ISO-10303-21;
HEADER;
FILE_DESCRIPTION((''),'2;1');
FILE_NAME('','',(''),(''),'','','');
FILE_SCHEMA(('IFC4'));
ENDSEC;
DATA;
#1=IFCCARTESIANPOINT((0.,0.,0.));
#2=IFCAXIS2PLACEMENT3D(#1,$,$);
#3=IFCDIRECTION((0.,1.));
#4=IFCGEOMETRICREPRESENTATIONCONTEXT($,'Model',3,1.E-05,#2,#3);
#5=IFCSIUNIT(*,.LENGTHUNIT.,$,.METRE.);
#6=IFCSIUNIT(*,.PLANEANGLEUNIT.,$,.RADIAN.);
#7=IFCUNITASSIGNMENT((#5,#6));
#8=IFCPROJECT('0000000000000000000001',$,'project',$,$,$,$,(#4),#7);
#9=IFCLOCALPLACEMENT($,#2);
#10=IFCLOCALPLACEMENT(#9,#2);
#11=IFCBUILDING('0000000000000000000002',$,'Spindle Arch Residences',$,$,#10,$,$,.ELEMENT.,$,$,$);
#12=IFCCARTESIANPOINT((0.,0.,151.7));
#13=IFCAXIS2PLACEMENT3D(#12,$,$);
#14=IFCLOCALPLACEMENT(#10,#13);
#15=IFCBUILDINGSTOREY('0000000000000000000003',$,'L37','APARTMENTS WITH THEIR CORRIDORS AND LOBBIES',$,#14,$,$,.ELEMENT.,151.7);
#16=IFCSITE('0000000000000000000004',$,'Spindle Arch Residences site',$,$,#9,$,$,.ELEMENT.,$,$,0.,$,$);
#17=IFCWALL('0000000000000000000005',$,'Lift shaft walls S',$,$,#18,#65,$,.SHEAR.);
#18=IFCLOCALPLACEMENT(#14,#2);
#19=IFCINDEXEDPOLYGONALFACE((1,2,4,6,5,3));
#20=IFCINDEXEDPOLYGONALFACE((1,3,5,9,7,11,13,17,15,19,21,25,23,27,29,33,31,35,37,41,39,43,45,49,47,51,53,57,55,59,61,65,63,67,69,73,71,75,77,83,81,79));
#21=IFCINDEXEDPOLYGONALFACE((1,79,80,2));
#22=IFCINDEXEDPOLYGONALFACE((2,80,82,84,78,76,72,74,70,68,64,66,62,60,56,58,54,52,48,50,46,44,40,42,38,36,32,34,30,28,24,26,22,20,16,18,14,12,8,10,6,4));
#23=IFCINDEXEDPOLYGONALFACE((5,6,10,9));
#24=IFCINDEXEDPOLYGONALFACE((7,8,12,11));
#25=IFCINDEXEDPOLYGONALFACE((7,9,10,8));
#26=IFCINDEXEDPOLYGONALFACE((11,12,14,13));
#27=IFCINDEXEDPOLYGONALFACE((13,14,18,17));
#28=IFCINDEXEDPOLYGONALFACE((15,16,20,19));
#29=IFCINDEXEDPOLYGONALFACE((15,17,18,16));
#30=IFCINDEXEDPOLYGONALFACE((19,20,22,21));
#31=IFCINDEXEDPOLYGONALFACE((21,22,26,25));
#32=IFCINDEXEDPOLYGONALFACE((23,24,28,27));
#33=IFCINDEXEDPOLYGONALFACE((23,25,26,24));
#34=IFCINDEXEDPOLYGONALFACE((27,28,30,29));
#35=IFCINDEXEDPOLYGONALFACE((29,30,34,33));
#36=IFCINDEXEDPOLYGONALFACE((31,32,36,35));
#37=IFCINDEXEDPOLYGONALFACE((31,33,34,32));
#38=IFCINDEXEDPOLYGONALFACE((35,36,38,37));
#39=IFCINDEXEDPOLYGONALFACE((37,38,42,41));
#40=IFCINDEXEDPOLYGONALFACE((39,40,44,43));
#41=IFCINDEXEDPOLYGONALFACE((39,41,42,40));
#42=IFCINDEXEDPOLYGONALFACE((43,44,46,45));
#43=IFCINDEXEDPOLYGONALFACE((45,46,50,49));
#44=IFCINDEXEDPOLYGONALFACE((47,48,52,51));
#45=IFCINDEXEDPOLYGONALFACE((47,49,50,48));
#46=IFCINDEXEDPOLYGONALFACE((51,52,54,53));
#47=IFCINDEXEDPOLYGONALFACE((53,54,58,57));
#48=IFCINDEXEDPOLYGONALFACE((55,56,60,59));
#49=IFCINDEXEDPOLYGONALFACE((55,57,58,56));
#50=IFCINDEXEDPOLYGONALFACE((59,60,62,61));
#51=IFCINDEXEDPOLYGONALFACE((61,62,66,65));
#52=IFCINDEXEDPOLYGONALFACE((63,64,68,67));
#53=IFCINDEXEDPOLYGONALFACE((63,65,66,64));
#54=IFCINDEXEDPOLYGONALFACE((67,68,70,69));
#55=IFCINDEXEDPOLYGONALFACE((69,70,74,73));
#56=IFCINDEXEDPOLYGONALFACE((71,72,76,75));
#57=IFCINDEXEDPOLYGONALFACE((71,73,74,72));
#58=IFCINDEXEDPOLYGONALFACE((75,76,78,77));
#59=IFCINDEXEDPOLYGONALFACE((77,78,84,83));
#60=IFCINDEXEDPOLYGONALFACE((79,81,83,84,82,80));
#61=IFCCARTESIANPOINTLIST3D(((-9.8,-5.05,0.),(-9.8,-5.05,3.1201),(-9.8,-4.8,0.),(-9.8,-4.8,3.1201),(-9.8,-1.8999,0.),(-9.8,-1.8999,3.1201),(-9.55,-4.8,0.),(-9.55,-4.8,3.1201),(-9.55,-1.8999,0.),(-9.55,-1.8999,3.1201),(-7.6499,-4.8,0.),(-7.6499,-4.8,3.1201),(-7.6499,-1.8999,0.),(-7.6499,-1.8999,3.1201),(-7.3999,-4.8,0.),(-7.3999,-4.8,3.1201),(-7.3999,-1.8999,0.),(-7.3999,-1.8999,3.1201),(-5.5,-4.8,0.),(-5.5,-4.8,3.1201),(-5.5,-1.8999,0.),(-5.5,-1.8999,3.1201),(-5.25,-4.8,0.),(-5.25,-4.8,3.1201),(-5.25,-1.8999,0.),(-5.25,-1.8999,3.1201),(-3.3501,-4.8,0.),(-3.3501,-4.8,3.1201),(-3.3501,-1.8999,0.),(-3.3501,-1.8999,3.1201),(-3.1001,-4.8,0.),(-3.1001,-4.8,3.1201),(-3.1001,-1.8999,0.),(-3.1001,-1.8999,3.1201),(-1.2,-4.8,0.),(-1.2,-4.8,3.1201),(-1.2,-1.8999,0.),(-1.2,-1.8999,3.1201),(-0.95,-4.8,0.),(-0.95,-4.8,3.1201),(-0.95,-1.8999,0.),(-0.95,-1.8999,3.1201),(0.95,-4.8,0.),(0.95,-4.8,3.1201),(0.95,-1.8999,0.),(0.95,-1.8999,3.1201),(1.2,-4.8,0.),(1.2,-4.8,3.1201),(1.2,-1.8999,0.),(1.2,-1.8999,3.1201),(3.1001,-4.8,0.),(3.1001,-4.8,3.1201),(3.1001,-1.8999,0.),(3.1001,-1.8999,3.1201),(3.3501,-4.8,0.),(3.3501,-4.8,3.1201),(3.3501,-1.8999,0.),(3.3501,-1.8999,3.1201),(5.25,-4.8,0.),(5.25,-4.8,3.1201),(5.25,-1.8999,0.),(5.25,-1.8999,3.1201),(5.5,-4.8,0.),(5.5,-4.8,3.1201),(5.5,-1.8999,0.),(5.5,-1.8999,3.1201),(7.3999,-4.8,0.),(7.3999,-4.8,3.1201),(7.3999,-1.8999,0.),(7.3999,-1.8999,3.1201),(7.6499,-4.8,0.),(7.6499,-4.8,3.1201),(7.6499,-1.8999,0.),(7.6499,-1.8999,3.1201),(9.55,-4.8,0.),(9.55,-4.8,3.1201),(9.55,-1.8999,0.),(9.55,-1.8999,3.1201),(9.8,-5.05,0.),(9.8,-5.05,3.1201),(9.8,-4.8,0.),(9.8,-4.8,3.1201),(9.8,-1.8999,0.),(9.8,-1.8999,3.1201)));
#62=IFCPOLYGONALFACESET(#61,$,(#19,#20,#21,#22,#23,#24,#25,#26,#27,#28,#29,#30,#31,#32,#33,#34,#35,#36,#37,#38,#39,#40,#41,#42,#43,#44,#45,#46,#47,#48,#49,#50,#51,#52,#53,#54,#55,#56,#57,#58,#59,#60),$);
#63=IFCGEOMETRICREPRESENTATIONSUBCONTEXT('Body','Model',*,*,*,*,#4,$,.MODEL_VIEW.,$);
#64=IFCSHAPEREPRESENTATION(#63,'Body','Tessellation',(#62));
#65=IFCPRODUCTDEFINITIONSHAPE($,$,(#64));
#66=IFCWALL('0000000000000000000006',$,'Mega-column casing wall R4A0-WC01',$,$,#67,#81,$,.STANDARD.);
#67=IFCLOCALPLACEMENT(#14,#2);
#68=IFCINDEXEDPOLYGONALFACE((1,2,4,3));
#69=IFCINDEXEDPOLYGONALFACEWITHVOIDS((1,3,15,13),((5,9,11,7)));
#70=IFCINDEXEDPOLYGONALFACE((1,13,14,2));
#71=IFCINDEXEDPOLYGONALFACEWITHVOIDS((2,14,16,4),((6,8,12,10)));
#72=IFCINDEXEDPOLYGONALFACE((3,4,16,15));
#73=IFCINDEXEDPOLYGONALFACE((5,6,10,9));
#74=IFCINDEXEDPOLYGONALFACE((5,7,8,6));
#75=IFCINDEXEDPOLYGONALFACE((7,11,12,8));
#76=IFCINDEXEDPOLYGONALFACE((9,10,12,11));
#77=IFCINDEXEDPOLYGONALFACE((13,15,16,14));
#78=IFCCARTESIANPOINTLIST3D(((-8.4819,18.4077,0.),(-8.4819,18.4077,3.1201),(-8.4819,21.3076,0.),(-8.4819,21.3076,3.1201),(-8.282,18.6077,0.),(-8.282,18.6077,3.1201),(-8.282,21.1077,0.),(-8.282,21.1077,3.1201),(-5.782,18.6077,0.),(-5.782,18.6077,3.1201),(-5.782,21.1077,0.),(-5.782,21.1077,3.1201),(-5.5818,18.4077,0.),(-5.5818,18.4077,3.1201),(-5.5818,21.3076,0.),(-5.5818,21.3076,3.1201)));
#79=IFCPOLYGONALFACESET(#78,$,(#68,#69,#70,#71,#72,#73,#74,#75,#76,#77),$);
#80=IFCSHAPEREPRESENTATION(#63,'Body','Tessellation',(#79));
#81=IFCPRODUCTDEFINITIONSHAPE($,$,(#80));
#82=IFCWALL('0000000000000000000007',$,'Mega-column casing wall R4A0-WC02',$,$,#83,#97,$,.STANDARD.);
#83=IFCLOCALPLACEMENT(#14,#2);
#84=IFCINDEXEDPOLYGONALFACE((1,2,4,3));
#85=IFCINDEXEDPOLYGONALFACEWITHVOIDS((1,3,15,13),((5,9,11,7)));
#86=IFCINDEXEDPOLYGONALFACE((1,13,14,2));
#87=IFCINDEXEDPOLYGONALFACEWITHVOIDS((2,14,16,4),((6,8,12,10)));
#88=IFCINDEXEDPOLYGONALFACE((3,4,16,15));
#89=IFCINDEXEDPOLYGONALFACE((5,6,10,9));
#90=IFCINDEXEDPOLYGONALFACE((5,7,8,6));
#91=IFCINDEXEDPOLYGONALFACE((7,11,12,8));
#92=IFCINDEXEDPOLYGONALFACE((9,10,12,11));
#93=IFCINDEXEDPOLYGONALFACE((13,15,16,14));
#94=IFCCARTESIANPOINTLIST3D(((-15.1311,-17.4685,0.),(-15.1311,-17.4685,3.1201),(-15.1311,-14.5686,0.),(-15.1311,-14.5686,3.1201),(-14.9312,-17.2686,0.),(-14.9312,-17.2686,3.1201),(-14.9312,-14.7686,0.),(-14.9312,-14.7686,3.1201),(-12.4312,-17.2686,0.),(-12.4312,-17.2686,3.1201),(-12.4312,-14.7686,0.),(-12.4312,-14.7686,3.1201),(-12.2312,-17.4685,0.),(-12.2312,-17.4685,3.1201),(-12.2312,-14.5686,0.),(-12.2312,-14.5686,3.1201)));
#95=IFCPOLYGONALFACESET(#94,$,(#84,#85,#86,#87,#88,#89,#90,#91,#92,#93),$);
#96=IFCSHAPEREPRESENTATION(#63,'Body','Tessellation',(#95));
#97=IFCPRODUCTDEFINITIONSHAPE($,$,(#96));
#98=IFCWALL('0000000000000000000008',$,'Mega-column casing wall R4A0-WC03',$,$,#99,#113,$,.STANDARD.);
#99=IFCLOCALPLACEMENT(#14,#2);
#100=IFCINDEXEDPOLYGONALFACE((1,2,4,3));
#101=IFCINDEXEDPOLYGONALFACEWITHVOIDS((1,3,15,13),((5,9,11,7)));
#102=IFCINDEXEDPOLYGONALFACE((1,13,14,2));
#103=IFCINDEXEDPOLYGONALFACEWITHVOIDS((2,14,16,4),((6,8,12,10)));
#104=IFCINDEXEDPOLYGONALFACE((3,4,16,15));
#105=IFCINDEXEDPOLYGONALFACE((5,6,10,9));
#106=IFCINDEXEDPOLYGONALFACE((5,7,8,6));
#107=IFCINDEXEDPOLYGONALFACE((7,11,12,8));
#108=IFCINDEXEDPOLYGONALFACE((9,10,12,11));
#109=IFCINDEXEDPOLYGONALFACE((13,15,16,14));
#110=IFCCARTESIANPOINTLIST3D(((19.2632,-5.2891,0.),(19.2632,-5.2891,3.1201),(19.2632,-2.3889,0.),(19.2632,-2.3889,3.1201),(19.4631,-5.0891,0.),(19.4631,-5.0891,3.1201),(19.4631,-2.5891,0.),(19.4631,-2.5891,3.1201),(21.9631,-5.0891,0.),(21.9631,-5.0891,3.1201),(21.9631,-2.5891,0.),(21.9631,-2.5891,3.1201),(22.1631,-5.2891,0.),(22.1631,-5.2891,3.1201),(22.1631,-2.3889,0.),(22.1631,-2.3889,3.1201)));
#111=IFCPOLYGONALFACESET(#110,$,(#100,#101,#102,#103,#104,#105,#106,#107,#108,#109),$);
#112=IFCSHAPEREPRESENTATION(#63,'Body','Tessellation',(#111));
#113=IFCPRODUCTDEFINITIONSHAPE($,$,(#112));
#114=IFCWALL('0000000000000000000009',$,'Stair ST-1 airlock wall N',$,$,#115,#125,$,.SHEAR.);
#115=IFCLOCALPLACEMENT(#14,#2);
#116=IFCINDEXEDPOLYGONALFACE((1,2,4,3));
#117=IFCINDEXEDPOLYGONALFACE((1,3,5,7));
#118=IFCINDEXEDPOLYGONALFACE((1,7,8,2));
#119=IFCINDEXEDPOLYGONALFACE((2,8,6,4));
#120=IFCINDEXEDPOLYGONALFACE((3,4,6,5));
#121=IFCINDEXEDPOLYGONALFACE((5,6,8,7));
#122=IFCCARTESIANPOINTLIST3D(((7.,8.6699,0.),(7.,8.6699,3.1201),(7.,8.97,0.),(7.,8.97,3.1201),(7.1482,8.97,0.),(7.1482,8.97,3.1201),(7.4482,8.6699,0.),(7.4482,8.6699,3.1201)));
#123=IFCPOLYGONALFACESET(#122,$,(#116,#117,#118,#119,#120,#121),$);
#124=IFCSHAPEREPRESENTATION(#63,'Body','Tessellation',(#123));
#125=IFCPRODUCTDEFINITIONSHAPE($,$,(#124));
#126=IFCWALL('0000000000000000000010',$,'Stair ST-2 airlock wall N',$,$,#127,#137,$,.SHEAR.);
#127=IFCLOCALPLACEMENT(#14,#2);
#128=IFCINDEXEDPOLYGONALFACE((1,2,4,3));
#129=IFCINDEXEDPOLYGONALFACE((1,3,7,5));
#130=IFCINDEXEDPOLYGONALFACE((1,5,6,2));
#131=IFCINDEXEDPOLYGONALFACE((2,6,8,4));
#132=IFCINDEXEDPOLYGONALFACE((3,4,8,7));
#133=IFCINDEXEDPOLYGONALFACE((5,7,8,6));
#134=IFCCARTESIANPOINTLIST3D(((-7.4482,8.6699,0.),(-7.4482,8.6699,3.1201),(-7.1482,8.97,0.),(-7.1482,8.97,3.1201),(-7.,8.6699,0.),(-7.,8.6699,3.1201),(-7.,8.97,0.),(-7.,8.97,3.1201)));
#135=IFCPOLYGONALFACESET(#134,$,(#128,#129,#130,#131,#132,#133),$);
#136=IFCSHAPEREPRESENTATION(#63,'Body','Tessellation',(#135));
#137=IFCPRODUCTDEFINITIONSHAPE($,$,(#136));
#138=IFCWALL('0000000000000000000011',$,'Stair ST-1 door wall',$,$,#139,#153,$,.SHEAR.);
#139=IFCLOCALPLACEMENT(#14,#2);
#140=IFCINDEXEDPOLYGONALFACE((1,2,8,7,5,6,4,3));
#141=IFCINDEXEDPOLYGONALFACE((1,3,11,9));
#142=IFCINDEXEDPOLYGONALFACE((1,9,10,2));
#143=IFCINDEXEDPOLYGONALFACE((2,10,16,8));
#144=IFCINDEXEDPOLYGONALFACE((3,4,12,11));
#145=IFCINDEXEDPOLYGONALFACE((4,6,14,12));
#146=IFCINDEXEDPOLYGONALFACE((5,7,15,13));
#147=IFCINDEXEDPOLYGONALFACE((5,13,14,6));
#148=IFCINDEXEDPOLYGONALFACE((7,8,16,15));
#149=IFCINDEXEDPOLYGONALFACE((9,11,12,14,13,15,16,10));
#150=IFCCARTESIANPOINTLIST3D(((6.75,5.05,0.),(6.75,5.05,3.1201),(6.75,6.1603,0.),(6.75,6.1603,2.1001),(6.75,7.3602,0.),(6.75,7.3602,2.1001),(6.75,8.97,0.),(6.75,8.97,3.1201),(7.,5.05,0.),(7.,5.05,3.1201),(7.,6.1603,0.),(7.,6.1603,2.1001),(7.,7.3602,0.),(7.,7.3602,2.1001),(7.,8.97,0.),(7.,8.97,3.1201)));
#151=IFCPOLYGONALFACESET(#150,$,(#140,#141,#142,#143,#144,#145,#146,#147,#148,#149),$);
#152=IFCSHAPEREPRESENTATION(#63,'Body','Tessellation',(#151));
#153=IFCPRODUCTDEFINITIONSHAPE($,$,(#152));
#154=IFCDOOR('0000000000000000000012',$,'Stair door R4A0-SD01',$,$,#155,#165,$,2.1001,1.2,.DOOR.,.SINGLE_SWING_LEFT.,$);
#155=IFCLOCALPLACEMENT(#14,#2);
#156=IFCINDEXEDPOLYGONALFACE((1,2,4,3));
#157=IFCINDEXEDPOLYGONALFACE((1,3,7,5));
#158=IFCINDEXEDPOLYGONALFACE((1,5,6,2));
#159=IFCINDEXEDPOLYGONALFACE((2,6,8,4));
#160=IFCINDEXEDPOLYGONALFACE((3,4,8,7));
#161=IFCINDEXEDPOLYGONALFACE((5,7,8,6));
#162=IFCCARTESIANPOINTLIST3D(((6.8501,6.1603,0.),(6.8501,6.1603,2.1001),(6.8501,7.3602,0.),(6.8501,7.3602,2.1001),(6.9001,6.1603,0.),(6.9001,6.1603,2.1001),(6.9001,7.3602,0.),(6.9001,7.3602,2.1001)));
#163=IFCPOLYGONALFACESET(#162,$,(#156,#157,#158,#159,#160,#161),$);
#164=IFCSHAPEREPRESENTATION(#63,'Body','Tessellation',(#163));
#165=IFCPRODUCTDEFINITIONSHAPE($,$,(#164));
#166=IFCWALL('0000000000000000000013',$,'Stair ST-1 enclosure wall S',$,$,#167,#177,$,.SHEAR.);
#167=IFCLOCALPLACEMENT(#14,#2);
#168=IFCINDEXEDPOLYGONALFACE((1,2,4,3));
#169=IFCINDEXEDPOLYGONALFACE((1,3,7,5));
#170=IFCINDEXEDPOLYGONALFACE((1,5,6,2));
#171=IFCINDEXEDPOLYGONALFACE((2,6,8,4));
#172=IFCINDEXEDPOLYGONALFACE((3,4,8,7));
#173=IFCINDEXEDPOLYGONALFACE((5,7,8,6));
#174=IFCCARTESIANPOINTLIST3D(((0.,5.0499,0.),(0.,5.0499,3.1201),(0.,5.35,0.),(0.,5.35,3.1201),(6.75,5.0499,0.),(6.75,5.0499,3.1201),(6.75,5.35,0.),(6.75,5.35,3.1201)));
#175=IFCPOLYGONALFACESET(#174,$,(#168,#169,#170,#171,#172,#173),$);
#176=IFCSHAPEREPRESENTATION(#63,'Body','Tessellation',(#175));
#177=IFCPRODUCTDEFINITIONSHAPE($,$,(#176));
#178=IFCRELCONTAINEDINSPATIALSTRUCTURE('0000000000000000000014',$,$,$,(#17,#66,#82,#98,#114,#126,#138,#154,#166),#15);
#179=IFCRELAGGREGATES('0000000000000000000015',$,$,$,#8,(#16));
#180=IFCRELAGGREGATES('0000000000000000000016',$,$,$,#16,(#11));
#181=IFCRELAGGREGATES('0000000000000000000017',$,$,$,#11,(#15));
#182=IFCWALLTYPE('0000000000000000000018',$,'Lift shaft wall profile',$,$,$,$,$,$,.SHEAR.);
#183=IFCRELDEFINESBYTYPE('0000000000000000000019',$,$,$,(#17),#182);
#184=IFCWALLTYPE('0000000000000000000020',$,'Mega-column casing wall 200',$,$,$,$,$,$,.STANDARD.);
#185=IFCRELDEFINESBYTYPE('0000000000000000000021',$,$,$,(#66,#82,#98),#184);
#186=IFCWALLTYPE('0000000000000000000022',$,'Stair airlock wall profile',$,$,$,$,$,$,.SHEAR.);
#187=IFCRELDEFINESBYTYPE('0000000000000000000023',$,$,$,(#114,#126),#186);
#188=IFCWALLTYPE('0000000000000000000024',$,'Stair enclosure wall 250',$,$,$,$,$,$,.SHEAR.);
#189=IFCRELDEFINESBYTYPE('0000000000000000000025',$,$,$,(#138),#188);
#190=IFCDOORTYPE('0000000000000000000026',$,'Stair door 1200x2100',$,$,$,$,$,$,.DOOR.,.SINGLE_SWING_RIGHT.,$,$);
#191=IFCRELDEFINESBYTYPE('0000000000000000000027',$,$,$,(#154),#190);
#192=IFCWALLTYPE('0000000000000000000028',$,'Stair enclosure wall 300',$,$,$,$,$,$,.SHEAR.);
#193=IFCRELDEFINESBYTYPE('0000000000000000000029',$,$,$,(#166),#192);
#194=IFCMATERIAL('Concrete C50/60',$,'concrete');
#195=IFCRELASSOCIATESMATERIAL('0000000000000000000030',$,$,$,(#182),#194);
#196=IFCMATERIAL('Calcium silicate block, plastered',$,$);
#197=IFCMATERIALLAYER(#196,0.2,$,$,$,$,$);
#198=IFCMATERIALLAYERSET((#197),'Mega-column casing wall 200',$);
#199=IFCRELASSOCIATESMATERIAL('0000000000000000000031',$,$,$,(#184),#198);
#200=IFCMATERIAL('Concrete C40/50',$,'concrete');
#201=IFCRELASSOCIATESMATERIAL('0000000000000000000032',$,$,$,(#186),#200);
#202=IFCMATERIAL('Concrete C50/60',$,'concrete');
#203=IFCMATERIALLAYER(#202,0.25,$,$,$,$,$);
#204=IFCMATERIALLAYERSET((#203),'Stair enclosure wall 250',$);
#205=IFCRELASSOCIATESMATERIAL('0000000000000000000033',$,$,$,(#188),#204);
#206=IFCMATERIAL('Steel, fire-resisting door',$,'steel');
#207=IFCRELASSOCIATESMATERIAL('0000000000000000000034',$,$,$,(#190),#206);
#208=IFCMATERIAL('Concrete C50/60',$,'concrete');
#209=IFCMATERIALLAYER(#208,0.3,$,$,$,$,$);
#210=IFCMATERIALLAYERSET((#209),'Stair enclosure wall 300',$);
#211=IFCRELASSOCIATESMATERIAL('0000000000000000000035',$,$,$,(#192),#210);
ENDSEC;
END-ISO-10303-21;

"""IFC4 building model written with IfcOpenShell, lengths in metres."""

from ifc_helpers import new_model, si_unit, direction, frame, frame_2d, origin, place, context, subcontext, project, spatial, polyline, rectangle, outline, extrude, material, layer, layer_set, type_object, element, fill, save


model = new_model("IFC4")

# Units and contexts
model_context = context("Model", 3, precision=1e-05, world=origin(), true_north=direction((0.0, 1.0)))
body_context = subcontext(model_context, "Body", "Model", "MODEL_VIEW")
ifc_project = project(units=[si_unit("LENGTHUNIT", "METRE"), si_unit("PLANEANGLEUNIT", "RADIAN")], contexts=[model_context])

# Site, building, storey
site_placement = place(None, origin())
site = spatial("IfcSite", under=ifc_project, at=site_placement, Name="Spindle Arch Residences site", CompositionType="ELEMENT", RefElevation=0.0)
building_placement = place(site_placement, origin())
building = spatial("IfcBuilding", under=site, at=building_placement, Name="Spindle Arch Residences", CompositionType="ELEMENT")
storey_placement = place(building_placement, frame((0.0, 0.0, 151.7)))
storey = spatial("IfcBuildingStorey", under=building, at=storey_placement, Name="L37", Description="APARTMENTS WITH THEIR CORRIDORS AND LOBBIES", CompositionType="ELEMENT", Elevation=151.7)

# Walls
ifc_material_1 = material(Name="Concrete C50/60", Category="concrete")
wall_type_1 = type_object("IfcWallType", Name="Lift shaft wall profile", PredefinedType="SHEAR", material=ifc_material_1)
wall_1_placement = place(storey_placement, origin())
element("IfcWall", 1, at=wall_1_placement, inside=storey, type_object=wall_type_1, Name="Lift shaft walls S", PredefinedType="SHEAR", context=body_context, shape_type="SweptSolid", body=[
    extrude(outline(polyline([(9.8, -5.05), (9.8, -4.8), (9.8, -1.8999), (9.55, -1.8999), (9.55, -4.8), (7.6499, -4.8), (7.6499, -1.8999), (7.3999, -1.8999), (7.3999, -4.8), (5.5, -4.8), (5.5, -1.8999), (5.25, -1.8999), (5.25, -4.8), (3.3501, -4.8), (3.3501, -1.8999), (3.1001, -1.8999), (3.1001, -4.8), (1.2, -4.8), (1.2, -1.8999), (0.95, -1.8999), (0.95, -4.8), (-0.95, -4.8), (-0.95, -1.8999), (-1.2, -1.8999), (-1.2, -4.8), (-3.1001, -4.8), (-3.1001, -1.8999), (-3.3501, -1.8999), (-3.3501, -4.8), (-5.25, -4.8), (-5.25, -1.8999), (-5.5, -1.8999), (-5.5, -4.8), (-7.3999, -4.8), (-7.3999, -1.8999), (-7.6499, -1.8999), (-7.6499, -4.8), (-9.55, -4.8), (-9.55, -1.8999), (-9.8, -1.8999), (-9.8, -4.8), (-9.8, -5.05), (9.8, -5.05)])), origin(), (0.0, 0.0, 1.0), 3.1201),
])
ifc_material_2 = material(Name="Calcium silicate block, plastered")
ifc_layer_1 = layer(ifc_material_2, 0.2)
ifc_layer_set_1 = layer_set([ifc_layer_1], Name="Mega-column casing wall 200")
wall_type_2 = type_object("IfcWallType", Name="Mega-column casing wall 200", PredefinedType="STANDARD", material=ifc_layer_set_1)
wall_2_placement = place(storey_placement, origin())
element("IfcWall", 2, at=wall_2_placement, inside=storey, type_object=wall_type_2, Name="Mega-column casing wall R4A0-WC01", PredefinedType="STANDARD", context=body_context, shape_type="SweptSolid", body=[
    extrude(outline(polyline([(-5.5818, 21.3076), (-5.5818, 18.4077), (-8.4819, 18.4077), (-8.4819, 21.3076), (-5.5818, 21.3076)]), holes=[polyline([(-8.282, 18.6077), (-5.782, 18.6077), (-5.782, 21.1077), (-8.282, 21.1077), (-8.282, 18.6077)])]), origin(), (0.0, 0.0, 1.0), 3.1201),
])
wall_3_placement = place(storey_placement, origin())
element("IfcWall", 3, at=wall_3_placement, inside=storey, type_object=wall_type_2, Name="Mega-column casing wall R4A0-WC02", PredefinedType="STANDARD", context=body_context, shape_type="SweptSolid", body=[
    extrude(outline(polyline([(-12.2312, -14.5686), (-12.2312, -17.4685), (-15.1311, -17.4685), (-15.1311, -14.5686), (-12.2312, -14.5686)]), holes=[polyline([(-14.9312, -17.2686), (-12.4312, -17.2686), (-12.4312, -14.7686), (-14.9312, -14.7686), (-14.9312, -17.2686)])]), origin(), (0.0, 0.0, 1.0), 3.1201),
])
wall_4_placement = place(storey_placement, origin())
element("IfcWall", 4, at=wall_4_placement, inside=storey, type_object=wall_type_2, Name="Mega-column casing wall R4A0-WC03", PredefinedType="STANDARD", context=body_context, shape_type="SweptSolid", body=[
    extrude(outline(polyline([(22.1631, -2.3889), (22.1631, -5.2891), (19.2632, -5.2891), (19.2632, -2.3889), (22.1631, -2.3889)]), holes=[polyline([(19.4631, -5.0891), (21.9631, -5.0891), (21.9631, -2.5891), (19.4631, -2.5891), (19.4631, -5.0891)])]), origin(), (0.0, 0.0, 1.0), 3.1201),
])
ifc_material_3 = material(Name="Concrete C40/50", Category="concrete")
wall_type_3 = type_object("IfcWallType", Name="Stair airlock wall profile", PredefinedType="SHEAR", material=ifc_material_3)
wall_5_placement = place(storey_placement, origin())
element("IfcWall", 5, at=wall_5_placement, inside=storey, type_object=wall_type_3, Name="Stair ST-1 airlock wall N", PredefinedType="SHEAR", context=body_context, shape_type="SweptSolid", body=[
    extrude(outline(polyline([(7.4482, 8.6699), (7.0, 8.6699), (7.0, 8.97), (7.1482, 8.97), (7.4482, 8.6699)])), origin(), (0.0, 0.0, 1.0), 3.1201),
])
wall_6_placement = place(storey_placement, origin())
element("IfcWall", 6, at=wall_6_placement, inside=storey, type_object=wall_type_3, Name="Stair ST-2 airlock wall N", PredefinedType="SHEAR", context=body_context, shape_type="SweptSolid", body=[
    extrude(outline(polyline([(-7.1482, 8.97), (-7.0, 8.97), (-7.0, 8.6699), (-7.4482, 8.6699), (-7.1482, 8.97)])), origin(), (0.0, 0.0, 1.0), 3.1201),
])

# Wall, opening, door
ifc_material_4 = material(Name="Concrete C50/60", Category="concrete")
ifc_layer_2 = layer(ifc_material_4, 0.25)
ifc_layer_set_2 = layer_set([ifc_layer_2], Name="Stair enclosure wall 250")
wall_type_4 = type_object("IfcWallType", Name="Stair enclosure wall 250", PredefinedType="SHEAR", material=ifc_layer_set_2)
wall_7_placement = place(storey_placement, frame((6.875, 5.05, 0.0), z_axis=(0.0, 0.0, 1.0), x_axis=(0.0, 1.0, 0.0)))
wall_7 = element("IfcWall", 7, at=wall_7_placement, inside=storey, type_object=wall_type_4, Name="Stair ST-1 door wall", PredefinedType="SHEAR", context=body_context, shape_type="SweptSolid", body=[
    extrude(rectangle(XDim=3.9199, YDim=0.25, at=frame_2d((1.96, 0.0))), origin(), (0.0, 0.0, 1.0), 3.1201),
])
opening_1_placement = place(wall_7_placement, frame((1.1101, 0.0, 0.0)))
opening_1 = element("IfcOpeningElement", 8, at=opening_1_placement, cuts=wall_7, PredefinedType="OPENING", context=body_context, shape_type="SweptSolid", body=[
    extrude(rectangle(XDim=1.2, YDim=2.1001, at=frame_2d((0.6001, 1.05))), frame((0.0, 0.135, 0.0), z_axis=(0.0, -1.0, 0.0), x_axis=(1.0, 0.0, 0.0)), (0.0, 0.0, 1.0), 0.27),
])
ifc_material_5 = material(Name="Steel, fire-resisting door", Category="steel")
door_type_1 = type_object("IfcDoorType", Name="Stair door 1200x2100", OperationType="SINGLE_SWING_RIGHT", PredefinedType="DOOR", material=ifc_material_5)
door_1_placement = place(opening_1_placement, origin())
door_1 = element("IfcDoor", 9, at=door_1_placement, inside=storey, type_object=door_type_1, Name="Stair door R4A0-SD01", OperationType="SINGLE_SWING_LEFT", OverallHeight=2.1001, OverallWidth=1.2, PredefinedType="DOOR", context=body_context, shape_type="SweptSolid", body=[
    extrude(rectangle(XDim=1.2, YDim=2.1001, at=frame_2d((0.6001, 1.05))), frame((0.0, 0.0249, 0.0), z_axis=(0.0, -1.0, 0.0), x_axis=(1.0, 0.0, 0.0)), (0.0, 0.0, 1.0), 0.05),
])
fill(opening_1, door_1)

# Wall
ifc_material_6 = material(Name="Concrete C50/60", Category="concrete")
ifc_layer_3 = layer(ifc_material_6, 0.3)
ifc_layer_set_3 = layer_set([ifc_layer_3], Name="Stair enclosure wall 300")
wall_type_5 = type_object("IfcWallType", Name="Stair enclosure wall 300", PredefinedType="SHEAR", material=ifc_layer_set_3)
wall_8_placement = place(storey_placement, frame((0.0, 5.2, 0.0), z_axis=(0.0, 0.0, 1.0), x_axis=(1.0, 0.0, 0.0)))
element("IfcWall", 10, at=wall_8_placement, inside=storey, type_object=wall_type_5, Name="Stair ST-1 enclosure wall S", PredefinedType="SHEAR", context=body_context, shape_type="SweptSolid", body=[
    extrude(rectangle(XDim=6.75, YDim=0.3, at=frame_2d((3.375, 0.0))), origin(), (0.0, 0.0, 1.0), 3.1201),
])

save(model, "model.ifc")
